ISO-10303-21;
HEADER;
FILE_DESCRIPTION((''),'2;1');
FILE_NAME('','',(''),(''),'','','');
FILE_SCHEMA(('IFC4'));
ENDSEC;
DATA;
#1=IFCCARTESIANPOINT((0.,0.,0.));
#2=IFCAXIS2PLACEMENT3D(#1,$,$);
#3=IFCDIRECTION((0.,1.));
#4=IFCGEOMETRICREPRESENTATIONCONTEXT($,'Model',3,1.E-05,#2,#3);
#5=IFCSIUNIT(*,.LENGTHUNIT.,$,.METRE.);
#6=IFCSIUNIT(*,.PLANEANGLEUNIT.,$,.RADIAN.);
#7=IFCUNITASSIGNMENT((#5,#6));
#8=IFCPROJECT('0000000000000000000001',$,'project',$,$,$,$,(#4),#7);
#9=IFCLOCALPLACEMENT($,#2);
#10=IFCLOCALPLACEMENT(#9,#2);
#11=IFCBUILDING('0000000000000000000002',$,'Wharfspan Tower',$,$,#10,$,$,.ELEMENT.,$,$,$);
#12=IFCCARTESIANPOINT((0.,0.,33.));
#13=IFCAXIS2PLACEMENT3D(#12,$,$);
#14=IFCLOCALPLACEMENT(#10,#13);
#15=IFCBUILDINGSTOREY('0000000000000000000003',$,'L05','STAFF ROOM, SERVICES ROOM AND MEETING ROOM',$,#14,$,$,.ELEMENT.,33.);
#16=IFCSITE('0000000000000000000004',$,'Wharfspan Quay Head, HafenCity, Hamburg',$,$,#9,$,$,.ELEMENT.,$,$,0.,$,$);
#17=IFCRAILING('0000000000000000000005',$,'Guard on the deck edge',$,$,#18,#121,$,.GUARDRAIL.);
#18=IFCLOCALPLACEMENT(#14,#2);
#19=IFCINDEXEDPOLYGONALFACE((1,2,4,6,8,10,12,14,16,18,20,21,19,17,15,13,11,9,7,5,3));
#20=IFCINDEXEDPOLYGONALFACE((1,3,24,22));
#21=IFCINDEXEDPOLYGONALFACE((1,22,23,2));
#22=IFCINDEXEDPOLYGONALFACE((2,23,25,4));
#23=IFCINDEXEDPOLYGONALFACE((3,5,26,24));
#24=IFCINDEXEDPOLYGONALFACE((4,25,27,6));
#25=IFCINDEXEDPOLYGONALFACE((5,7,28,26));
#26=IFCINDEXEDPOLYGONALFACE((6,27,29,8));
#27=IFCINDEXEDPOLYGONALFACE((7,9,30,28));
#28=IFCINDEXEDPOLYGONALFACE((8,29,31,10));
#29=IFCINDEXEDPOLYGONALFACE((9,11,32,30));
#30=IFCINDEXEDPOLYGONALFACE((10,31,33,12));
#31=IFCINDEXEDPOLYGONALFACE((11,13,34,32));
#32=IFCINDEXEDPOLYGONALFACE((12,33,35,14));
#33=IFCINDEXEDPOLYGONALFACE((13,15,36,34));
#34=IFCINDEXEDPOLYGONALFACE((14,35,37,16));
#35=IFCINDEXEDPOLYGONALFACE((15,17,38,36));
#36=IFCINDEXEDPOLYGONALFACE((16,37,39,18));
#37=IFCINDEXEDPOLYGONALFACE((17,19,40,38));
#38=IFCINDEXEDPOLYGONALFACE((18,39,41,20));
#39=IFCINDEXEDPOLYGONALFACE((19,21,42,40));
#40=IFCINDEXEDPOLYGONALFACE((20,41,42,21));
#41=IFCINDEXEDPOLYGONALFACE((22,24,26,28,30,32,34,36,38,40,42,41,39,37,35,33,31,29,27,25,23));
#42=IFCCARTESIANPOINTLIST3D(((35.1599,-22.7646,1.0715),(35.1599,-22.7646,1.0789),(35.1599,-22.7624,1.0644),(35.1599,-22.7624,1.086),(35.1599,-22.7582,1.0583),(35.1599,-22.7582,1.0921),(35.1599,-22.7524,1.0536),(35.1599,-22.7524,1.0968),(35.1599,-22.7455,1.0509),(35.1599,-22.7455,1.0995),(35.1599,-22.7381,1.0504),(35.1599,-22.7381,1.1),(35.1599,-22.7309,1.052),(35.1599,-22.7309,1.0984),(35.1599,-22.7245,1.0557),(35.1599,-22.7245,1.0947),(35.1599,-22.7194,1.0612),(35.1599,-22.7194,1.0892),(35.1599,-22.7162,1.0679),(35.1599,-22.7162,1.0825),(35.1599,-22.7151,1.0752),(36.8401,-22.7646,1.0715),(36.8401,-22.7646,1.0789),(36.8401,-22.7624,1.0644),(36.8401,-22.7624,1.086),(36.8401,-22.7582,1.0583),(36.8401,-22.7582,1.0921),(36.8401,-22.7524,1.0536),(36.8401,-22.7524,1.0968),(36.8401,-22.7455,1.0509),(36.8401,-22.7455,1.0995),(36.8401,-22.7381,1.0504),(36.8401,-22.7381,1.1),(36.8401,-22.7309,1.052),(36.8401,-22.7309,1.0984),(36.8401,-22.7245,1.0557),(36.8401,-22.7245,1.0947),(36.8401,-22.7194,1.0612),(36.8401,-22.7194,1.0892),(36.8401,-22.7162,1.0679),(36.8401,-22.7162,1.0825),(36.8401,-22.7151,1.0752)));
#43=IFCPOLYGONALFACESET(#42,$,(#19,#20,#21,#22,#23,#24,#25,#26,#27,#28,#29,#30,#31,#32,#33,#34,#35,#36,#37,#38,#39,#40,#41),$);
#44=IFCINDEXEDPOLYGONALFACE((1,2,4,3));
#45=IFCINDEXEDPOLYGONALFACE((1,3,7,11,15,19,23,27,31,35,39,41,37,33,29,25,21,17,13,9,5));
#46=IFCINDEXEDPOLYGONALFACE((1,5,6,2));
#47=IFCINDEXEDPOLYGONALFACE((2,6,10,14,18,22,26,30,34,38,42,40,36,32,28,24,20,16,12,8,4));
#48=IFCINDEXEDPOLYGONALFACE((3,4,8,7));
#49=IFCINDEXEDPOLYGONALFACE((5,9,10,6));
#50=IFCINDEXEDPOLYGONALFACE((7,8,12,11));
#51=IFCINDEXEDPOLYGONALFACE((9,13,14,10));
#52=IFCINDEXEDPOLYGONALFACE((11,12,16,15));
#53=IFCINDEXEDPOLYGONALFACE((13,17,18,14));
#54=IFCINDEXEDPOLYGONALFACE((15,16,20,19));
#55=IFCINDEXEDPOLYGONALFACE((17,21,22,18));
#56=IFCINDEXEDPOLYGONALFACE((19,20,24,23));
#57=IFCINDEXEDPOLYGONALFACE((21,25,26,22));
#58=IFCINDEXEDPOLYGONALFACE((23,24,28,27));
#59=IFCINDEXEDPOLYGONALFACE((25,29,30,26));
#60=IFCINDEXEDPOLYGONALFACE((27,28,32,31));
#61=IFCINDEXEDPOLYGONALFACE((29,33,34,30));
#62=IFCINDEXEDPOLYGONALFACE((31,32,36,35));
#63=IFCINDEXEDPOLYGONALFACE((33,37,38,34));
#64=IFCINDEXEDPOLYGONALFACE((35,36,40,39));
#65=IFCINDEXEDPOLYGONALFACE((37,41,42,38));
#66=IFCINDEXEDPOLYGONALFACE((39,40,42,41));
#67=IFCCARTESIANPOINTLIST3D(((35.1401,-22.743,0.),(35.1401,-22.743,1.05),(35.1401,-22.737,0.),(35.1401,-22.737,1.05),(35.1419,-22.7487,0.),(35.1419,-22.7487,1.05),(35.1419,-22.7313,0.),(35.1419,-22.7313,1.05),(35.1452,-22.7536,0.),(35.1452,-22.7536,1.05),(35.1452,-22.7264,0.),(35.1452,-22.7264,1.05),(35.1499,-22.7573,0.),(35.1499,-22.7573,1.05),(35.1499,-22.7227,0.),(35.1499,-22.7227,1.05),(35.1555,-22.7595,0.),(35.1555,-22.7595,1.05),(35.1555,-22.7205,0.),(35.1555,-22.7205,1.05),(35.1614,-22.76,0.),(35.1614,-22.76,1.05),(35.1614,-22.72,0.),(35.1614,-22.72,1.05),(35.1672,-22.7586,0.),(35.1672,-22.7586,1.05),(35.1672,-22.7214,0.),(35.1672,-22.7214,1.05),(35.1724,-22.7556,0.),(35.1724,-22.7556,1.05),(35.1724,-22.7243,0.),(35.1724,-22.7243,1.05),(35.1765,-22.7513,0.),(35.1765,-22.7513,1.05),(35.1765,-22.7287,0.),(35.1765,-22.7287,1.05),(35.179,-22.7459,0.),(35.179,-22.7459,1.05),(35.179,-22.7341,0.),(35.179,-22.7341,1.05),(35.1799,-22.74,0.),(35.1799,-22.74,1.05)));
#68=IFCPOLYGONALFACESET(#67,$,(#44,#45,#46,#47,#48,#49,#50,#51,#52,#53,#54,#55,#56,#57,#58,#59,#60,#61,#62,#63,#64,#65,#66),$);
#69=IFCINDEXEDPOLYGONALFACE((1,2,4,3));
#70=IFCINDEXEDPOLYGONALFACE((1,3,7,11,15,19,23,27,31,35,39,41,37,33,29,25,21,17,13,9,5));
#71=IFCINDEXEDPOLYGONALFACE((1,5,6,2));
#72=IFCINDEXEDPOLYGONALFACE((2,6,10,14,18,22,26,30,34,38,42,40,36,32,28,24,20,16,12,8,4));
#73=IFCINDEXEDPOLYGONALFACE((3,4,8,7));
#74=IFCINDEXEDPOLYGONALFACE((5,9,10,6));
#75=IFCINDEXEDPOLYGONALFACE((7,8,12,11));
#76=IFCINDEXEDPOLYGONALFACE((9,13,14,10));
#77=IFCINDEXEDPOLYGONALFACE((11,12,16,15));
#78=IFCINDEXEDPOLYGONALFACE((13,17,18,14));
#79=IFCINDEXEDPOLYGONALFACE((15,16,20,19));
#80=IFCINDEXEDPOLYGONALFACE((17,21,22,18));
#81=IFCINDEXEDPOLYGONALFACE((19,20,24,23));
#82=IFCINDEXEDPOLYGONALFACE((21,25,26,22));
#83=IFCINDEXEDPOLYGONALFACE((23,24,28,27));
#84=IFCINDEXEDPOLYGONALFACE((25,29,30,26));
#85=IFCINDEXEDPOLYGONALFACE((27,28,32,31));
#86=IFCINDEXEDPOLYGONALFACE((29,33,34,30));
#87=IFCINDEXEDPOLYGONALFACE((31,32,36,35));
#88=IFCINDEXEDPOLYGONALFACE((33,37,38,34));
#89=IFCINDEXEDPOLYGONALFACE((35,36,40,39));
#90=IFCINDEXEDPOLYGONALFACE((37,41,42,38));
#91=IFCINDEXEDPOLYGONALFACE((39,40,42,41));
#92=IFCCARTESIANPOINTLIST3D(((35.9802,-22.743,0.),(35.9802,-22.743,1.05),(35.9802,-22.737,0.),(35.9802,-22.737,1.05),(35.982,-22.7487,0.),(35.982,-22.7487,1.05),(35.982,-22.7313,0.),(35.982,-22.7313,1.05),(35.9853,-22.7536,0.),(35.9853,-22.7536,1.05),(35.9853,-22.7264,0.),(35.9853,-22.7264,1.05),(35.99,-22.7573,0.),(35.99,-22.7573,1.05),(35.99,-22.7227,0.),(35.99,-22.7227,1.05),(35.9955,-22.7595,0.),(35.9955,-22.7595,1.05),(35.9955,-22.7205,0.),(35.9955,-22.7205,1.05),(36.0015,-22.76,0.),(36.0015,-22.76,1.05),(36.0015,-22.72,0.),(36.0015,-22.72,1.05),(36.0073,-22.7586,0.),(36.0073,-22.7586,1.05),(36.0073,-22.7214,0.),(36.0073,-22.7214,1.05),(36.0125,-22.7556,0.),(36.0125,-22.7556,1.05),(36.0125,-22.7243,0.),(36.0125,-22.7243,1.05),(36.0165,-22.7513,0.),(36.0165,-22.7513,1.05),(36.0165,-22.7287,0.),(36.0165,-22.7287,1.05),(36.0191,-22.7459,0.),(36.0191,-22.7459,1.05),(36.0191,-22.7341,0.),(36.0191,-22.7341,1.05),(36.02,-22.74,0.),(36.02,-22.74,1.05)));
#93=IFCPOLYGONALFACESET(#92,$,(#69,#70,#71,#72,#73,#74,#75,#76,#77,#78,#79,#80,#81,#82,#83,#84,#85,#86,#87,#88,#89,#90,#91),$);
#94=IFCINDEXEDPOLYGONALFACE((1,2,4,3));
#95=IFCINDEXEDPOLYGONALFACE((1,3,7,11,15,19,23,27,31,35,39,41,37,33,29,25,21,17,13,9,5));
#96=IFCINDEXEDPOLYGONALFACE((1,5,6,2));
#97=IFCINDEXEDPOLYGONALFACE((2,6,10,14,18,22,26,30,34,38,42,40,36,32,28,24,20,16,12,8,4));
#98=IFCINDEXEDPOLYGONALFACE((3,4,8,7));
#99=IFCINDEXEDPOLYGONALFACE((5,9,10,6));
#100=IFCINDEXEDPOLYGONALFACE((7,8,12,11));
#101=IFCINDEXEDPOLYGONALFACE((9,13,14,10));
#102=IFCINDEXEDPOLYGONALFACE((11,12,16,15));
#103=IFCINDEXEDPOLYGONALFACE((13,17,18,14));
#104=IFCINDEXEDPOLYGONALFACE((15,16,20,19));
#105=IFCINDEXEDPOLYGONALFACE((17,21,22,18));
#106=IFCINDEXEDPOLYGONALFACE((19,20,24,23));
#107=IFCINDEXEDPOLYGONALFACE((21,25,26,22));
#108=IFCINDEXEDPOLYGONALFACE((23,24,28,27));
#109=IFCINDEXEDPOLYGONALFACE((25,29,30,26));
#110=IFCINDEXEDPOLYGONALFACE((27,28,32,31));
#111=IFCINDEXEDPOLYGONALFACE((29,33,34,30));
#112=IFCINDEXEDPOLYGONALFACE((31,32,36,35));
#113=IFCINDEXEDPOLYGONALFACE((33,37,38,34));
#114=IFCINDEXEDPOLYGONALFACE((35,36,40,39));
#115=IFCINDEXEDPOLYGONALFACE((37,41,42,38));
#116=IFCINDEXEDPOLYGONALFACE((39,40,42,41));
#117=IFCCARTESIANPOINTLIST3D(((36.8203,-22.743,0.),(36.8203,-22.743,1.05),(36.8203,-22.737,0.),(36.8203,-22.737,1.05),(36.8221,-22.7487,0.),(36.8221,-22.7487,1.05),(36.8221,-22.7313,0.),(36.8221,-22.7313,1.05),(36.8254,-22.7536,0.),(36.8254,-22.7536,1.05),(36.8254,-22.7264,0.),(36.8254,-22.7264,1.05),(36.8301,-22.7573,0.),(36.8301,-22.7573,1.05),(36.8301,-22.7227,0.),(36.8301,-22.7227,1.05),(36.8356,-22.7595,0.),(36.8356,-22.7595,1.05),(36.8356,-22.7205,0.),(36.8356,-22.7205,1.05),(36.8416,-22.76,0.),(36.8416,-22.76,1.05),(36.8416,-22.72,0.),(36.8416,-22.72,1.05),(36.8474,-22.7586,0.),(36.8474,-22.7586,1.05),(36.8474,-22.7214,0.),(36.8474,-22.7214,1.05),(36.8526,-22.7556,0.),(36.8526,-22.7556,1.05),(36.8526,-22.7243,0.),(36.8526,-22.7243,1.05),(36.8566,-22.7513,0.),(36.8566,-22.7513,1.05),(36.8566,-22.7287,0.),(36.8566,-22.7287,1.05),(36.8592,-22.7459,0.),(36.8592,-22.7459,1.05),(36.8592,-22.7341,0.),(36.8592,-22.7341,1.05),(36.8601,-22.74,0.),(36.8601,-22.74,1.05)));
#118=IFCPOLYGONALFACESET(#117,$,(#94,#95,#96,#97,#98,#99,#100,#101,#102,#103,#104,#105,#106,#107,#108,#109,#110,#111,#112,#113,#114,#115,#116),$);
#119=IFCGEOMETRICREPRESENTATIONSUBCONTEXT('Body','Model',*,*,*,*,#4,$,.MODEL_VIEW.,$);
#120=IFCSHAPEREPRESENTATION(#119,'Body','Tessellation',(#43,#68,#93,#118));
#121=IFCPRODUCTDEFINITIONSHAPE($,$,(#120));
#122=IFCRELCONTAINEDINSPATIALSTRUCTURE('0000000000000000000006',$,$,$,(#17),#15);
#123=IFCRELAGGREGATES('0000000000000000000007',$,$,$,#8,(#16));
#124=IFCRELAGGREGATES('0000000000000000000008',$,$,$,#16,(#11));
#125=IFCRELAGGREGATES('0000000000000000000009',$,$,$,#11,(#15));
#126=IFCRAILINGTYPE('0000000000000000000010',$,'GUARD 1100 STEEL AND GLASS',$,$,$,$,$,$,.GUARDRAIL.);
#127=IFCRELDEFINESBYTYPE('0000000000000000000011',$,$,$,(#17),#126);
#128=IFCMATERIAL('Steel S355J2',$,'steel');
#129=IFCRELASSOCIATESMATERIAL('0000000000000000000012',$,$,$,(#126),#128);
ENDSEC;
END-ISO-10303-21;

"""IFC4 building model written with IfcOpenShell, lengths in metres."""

from ifc_helpers import new_model, si_unit, direction, frame, origin, origin_2d, place, context, subcontext, project, spatial, circle, extrude, material, type_object, element, save


model = new_model("IFC4")

# Units and contexts
model_context = context("Model", 3, precision=1e-05, world=origin(), true_north=direction((0.0, 1.0)))
body_context = subcontext(model_context, "Body", "Model", "MODEL_VIEW")
ifc_project = project(units=[si_unit("LENGTHUNIT", "METRE"), si_unit("PLANEANGLEUNIT", "RADIAN")], contexts=[model_context])

# Site, building, storey
site_placement = place(None, origin())
site = spatial("IfcSite", under=ifc_project, at=site_placement, Name="Wharfspan Quay Head, HafenCity, Hamburg", CompositionType="ELEMENT", RefElevation=0.0)
building_placement = place(site_placement, origin())
building = spatial("IfcBuilding", under=site, at=building_placement, Name="Wharfspan Tower", CompositionType="ELEMENT")
storey_placement = place(building_placement, frame((0.0, 0.0, 33.0)))
storey = spatial("IfcBuildingStorey", under=building, at=storey_placement, Name="L05", Description="STAFF ROOM, SERVICES ROOM AND MEETING ROOM", CompositionType="ELEMENT", Elevation=33.0)

# Railing
ifc_material_1 = material(Name="Steel S355J2", Category="steel")
railing_type = type_object("IfcRailingType", Name="GUARD 1100 STEEL AND GLASS", PredefinedType="GUARDRAIL", material=ifc_material_1)
railing_1_placement = place(storey_placement, frame((35.1599, -22.74, 0.0)))
element("IfcRailing", 1, at=railing_1_placement, inside=storey, type_object=railing_type, Name="Guard on the deck edge", PredefinedType="GUARDRAIL", context=body_context, shape_type="SweptSolid", body=[
    extrude(circle(Radius=0.0249, at=origin_2d()), frame((0.0, 0.0, 1.0752), z_axis=(1.0, 0.0, 0.0), x_axis=(0.0, 1.0, 0.0)), (0.0, 0.0, 1.0), 1.6802),
    extrude(circle(Radius=0.02, at=origin_2d()), origin(), (0.0, 0.0, 1.0), 1.05),
    extrude(circle(Radius=0.02, at=origin_2d()), frame((0.8401, 0.0, 0.0)), (0.0, 0.0, 1.0), 1.05),
    extrude(circle(Radius=0.02, at=origin_2d()), frame((1.6802, 0.0, 0.0)), (0.0, 0.0, 1.0), 1.05),
])

save(model, "model.ifc")
